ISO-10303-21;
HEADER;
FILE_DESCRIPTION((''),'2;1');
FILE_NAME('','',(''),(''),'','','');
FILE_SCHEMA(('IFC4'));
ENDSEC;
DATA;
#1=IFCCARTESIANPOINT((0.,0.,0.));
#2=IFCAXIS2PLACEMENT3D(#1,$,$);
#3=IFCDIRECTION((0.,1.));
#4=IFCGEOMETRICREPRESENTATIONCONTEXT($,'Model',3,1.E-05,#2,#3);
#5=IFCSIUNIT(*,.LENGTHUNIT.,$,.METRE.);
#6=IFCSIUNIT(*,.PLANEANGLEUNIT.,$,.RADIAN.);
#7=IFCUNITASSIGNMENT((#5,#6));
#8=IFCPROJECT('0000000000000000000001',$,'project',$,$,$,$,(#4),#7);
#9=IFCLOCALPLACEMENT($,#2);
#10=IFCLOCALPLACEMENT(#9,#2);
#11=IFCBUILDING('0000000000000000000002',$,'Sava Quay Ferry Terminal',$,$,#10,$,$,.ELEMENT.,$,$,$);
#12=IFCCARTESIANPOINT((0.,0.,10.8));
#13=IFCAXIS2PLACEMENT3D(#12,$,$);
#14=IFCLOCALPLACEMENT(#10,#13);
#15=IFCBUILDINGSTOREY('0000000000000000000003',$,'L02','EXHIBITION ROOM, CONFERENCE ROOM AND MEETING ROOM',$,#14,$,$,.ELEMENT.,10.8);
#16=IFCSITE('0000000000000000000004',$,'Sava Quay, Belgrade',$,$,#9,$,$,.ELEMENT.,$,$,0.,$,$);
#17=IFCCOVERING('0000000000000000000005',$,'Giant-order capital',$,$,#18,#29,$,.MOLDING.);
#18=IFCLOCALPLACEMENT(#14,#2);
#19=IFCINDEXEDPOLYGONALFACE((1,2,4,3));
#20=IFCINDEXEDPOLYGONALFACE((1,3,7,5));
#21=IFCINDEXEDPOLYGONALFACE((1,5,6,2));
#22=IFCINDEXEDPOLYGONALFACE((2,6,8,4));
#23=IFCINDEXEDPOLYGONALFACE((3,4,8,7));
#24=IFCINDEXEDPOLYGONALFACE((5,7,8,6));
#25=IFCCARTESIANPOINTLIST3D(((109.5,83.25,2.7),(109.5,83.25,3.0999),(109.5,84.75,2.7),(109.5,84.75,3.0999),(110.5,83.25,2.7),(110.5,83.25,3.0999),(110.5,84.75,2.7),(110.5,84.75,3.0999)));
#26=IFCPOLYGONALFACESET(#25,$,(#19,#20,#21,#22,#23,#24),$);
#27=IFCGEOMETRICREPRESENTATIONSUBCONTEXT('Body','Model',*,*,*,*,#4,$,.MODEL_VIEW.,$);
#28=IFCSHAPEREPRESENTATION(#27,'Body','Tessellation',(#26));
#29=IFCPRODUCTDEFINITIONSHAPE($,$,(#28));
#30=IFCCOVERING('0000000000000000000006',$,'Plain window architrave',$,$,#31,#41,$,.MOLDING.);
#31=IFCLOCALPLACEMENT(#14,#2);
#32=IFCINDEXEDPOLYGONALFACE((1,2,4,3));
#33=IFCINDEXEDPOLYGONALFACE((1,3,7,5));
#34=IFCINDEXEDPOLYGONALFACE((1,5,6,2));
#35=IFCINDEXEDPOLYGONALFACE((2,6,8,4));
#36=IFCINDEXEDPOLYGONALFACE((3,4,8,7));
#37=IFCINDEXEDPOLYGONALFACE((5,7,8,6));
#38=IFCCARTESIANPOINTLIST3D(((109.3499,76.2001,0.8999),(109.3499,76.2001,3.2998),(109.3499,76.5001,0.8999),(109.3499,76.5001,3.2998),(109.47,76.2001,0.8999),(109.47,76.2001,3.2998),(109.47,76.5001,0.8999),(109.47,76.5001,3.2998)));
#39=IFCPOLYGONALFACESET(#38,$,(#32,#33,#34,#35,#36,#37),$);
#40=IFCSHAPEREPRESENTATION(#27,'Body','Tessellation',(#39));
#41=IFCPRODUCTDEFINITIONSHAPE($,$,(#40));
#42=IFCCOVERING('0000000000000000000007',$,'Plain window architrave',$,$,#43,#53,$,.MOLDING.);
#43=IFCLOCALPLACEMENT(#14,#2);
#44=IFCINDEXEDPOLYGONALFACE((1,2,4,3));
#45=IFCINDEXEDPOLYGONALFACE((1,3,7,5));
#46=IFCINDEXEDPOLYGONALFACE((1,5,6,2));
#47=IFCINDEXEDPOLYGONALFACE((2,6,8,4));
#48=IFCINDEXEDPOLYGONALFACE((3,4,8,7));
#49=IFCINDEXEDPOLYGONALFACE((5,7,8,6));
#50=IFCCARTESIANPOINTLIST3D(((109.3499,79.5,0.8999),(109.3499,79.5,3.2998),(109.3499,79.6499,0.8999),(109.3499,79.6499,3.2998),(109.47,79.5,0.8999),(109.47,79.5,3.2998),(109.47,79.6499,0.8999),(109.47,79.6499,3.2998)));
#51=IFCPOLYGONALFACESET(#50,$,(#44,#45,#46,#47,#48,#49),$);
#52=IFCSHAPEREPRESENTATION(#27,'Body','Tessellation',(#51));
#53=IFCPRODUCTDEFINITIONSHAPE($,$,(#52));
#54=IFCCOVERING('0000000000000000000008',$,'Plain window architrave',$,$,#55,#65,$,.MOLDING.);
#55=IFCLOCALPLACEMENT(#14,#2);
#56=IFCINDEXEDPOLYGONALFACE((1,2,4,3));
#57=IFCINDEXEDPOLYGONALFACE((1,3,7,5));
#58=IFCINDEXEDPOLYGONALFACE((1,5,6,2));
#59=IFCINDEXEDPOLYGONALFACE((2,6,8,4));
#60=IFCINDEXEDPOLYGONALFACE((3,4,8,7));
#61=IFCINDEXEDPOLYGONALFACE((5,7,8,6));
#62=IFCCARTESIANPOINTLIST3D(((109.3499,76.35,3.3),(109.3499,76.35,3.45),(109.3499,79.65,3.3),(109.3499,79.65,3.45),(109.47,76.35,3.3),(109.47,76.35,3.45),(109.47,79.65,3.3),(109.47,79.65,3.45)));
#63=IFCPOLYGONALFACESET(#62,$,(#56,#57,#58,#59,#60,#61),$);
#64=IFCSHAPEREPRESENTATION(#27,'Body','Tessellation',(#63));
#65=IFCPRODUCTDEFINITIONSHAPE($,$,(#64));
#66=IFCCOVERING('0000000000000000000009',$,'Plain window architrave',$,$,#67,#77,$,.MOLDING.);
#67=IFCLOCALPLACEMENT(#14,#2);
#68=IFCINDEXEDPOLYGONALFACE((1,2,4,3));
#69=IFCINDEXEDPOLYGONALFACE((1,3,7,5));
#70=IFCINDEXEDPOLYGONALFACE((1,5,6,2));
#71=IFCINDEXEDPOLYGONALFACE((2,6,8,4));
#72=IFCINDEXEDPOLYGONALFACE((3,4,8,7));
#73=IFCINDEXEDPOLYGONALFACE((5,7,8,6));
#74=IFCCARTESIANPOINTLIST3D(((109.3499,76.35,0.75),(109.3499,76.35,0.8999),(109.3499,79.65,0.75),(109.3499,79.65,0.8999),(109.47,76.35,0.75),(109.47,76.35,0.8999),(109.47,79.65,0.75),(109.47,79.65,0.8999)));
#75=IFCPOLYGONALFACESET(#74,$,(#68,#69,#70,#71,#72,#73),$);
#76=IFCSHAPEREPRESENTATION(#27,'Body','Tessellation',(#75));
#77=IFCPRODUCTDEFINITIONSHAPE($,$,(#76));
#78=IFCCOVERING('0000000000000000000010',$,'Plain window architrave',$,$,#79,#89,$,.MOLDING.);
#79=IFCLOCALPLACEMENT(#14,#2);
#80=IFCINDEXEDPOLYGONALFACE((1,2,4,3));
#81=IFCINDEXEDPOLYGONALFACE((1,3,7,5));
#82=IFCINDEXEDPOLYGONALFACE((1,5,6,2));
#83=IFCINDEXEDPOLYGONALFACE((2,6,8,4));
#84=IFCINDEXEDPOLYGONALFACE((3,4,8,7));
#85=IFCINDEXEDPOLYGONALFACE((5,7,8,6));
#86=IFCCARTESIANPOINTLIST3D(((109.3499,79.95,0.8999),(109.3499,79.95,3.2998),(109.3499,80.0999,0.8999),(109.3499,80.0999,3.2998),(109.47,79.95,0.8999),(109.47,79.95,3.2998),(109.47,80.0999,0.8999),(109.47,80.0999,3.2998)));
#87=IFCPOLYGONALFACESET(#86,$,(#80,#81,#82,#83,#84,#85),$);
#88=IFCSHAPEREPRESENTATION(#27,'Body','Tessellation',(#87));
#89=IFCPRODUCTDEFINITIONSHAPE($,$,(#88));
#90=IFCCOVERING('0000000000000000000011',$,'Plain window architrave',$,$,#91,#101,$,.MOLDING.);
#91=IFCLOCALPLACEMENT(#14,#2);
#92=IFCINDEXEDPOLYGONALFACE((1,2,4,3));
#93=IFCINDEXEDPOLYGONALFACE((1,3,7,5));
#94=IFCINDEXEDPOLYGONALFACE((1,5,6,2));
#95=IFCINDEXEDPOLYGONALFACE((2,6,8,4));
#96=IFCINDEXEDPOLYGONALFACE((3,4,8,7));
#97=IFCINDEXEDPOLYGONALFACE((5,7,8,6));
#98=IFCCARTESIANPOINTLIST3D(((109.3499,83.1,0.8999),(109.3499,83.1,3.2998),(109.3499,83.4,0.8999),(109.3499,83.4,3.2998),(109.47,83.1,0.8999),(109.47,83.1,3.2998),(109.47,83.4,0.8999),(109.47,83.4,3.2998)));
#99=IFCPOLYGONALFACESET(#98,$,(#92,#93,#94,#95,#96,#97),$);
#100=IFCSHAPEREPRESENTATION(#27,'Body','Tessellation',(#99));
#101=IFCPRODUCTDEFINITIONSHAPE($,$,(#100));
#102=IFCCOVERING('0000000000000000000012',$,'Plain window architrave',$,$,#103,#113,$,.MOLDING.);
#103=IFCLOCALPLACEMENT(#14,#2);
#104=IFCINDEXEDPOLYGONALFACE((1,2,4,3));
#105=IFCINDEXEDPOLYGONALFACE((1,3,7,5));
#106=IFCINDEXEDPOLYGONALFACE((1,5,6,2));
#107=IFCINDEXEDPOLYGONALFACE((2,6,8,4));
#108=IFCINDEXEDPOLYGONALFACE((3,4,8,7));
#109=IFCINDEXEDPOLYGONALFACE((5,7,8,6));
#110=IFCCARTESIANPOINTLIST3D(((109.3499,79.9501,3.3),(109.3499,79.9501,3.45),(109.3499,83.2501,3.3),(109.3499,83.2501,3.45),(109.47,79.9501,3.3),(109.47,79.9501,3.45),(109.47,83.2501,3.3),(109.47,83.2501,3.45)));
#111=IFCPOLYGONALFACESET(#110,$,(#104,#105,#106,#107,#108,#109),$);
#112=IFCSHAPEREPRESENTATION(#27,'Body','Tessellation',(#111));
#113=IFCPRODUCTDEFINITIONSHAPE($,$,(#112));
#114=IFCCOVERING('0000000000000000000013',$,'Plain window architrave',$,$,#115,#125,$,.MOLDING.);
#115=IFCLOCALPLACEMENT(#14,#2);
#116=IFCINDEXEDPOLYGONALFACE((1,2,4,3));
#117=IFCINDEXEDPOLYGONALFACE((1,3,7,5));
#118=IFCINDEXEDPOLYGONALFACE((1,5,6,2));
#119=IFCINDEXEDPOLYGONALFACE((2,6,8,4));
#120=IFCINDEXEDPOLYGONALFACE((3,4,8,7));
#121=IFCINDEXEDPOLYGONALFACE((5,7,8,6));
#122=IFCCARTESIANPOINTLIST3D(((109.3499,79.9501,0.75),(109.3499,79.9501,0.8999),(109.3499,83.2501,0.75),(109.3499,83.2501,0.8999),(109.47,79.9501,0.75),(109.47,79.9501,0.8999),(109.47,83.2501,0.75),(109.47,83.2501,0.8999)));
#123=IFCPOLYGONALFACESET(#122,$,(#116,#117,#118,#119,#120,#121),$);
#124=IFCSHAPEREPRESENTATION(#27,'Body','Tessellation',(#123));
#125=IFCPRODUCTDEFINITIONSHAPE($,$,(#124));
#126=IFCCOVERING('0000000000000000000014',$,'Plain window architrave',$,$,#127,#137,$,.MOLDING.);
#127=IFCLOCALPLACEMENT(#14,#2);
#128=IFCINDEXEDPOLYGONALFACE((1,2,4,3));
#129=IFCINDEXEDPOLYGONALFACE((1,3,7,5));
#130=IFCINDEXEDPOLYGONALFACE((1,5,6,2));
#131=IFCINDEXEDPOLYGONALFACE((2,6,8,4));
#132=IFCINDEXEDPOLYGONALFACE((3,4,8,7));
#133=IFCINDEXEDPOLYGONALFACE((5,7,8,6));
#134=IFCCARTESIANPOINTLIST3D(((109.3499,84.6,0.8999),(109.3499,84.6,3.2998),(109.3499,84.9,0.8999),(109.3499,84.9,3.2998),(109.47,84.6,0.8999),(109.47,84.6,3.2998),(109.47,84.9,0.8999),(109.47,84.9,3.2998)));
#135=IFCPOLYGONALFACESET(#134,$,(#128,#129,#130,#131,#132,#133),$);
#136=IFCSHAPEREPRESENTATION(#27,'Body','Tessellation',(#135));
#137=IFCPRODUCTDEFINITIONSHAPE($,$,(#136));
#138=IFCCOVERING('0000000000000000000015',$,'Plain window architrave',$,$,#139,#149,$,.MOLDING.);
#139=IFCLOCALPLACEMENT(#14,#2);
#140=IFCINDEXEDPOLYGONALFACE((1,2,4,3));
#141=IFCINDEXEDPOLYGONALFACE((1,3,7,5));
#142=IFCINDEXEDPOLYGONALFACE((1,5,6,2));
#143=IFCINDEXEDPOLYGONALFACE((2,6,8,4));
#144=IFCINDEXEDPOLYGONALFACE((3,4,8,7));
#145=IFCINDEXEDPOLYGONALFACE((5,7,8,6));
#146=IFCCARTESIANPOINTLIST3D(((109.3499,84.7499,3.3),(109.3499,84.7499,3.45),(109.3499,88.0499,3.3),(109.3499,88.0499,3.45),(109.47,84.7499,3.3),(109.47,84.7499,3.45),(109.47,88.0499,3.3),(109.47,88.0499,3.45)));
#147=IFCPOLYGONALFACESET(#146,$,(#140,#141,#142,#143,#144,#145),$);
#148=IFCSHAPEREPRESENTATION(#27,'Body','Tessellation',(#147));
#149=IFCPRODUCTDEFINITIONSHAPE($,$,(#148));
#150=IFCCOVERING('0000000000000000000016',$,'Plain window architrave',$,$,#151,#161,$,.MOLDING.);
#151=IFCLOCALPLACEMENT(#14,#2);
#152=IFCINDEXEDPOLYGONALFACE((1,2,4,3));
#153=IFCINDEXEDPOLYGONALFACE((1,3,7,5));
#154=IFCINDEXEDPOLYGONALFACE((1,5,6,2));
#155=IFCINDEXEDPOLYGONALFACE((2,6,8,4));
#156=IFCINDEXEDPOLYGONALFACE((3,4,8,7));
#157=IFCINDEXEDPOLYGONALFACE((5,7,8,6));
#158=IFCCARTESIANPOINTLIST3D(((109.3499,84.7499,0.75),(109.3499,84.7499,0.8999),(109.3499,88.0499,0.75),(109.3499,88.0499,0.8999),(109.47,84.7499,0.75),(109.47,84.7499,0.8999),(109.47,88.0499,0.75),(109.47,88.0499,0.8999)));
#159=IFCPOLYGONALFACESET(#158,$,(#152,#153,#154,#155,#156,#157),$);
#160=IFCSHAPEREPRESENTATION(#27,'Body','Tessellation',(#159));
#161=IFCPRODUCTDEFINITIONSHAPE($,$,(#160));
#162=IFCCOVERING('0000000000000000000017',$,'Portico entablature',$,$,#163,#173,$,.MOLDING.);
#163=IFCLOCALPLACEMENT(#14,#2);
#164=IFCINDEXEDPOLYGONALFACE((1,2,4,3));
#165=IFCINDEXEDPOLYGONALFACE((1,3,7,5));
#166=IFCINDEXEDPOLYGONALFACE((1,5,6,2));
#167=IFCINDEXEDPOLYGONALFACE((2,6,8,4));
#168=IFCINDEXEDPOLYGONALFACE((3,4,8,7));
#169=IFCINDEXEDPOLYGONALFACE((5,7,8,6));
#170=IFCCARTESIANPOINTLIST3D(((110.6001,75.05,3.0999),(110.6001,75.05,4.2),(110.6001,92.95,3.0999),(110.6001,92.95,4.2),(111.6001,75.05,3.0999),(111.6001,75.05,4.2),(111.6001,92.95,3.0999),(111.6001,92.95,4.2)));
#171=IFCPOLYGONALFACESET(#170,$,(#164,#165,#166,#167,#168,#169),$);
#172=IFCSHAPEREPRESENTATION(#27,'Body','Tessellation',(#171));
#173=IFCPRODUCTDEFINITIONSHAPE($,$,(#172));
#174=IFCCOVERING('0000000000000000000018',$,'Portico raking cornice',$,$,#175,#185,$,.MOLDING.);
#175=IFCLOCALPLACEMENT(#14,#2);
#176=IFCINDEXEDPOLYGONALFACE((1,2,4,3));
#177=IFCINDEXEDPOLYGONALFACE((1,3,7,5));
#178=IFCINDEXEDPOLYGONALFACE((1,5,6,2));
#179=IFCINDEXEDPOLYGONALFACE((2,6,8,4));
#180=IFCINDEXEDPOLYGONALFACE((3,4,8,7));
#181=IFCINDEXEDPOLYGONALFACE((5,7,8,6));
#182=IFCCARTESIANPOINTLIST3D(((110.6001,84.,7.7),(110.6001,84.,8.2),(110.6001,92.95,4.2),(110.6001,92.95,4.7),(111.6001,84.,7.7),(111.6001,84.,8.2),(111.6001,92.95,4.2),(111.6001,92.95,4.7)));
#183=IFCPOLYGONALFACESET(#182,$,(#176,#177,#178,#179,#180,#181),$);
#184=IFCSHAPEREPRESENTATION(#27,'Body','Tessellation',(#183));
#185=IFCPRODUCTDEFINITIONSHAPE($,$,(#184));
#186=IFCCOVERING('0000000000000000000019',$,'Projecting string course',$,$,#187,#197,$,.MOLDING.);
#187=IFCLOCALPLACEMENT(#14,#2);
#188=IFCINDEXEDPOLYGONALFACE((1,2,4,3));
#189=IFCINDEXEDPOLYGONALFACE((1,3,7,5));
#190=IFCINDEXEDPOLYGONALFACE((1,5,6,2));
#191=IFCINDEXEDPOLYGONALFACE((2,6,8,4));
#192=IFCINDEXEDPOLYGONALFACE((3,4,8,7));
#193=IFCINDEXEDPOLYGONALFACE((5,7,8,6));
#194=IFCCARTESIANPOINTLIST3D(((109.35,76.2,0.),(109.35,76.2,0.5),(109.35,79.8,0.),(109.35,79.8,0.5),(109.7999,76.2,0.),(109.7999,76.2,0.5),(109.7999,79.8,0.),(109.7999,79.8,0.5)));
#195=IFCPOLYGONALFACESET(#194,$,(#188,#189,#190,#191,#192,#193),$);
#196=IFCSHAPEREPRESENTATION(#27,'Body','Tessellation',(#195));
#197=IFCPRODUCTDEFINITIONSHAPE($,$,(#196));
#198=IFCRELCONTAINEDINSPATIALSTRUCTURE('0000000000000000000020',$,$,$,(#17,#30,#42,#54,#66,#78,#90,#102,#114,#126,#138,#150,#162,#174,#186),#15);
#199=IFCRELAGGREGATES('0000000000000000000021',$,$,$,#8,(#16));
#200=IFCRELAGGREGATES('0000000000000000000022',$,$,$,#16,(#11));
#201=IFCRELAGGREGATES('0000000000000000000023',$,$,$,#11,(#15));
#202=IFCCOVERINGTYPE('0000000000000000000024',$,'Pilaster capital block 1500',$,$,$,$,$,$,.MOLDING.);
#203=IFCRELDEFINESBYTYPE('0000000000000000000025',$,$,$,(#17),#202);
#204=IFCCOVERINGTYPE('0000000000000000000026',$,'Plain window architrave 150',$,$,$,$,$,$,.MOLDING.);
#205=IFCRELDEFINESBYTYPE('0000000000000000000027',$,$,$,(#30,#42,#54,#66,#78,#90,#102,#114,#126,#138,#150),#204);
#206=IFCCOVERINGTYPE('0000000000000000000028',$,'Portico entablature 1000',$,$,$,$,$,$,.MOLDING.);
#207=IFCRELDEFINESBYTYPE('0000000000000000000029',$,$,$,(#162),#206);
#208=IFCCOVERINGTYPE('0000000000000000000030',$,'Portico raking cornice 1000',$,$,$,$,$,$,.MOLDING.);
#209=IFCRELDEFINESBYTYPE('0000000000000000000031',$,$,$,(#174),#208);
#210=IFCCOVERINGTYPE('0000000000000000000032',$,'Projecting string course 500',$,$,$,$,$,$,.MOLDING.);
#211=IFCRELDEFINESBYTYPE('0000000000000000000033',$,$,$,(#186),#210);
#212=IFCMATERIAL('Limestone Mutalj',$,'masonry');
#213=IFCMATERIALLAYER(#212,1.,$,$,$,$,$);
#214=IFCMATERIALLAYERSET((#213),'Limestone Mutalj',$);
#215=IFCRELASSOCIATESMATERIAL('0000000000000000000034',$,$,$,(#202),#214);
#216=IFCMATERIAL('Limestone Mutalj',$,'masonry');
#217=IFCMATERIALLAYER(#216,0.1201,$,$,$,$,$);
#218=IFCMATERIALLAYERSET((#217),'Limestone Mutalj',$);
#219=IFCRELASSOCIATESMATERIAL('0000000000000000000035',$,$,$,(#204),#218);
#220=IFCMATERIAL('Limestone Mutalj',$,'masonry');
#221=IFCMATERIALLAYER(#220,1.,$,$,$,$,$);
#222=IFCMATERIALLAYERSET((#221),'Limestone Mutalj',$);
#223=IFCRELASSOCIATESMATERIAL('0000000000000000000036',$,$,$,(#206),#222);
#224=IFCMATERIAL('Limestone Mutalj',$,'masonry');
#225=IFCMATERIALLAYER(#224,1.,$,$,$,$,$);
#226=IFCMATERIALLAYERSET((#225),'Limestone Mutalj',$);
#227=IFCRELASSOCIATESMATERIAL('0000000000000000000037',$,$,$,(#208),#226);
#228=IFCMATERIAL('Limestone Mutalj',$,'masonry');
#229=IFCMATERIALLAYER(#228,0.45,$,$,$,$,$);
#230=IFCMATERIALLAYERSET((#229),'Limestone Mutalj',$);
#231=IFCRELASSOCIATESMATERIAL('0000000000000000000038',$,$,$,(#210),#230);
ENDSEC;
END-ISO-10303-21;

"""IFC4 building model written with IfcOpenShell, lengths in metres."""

from ifc_helpers import new_model, si_unit, direction, frame, origin, origin_2d, place, context, subcontext, project, spatial, polyline, rectangle, outline, extrude, material, layer, layer_set, type_object, element, save


model = new_model("IFC4")

# Units and contexts
model_context = context("Model", 3, precision=1e-05, world=origin(), true_north=direction((0.0, 1.0)))
body_context = subcontext(model_context, "Body", "Model", "MODEL_VIEW")
ifc_project = project(units=[si_unit("LENGTHUNIT", "METRE"), si_unit("PLANEANGLEUNIT", "RADIAN")], contexts=[model_context])

# Site, building, storey
site_placement = place(None, origin())
site = spatial("IfcSite", under=ifc_project, at=site_placement, Name="Sava Quay, Belgrade", CompositionType="ELEMENT", RefElevation=0.0)
building_placement = place(site_placement, origin())
building = spatial("IfcBuilding", under=site, at=building_placement, Name="Sava Quay Ferry Terminal", CompositionType="ELEMENT")
storey_placement = place(building_placement, frame((0.0, 0.0, 10.8)))
storey = spatial("IfcBuildingStorey", under=building, at=storey_placement, Name="L02", Description="EXHIBITION ROOM, CONFERENCE ROOM AND MEETING ROOM", CompositionType="ELEMENT", Elevation=10.8)

# Coverings
ifc_material_1 = material(Name="Limestone Mutalj", Category="masonry")
ifc_layer_1 = layer(ifc_material_1, 1.0)
ifc_layer_set_1 = layer_set([ifc_layer_1], Name="Limestone Mutalj")
covering_type_1 = type_object("IfcCoveringType", Name="Pilaster capital block 1500", PredefinedType="MOLDING", material=ifc_layer_set_1)
covering_1_placement = place(storey_placement, frame((110.0, 84.0, 2.7), z_axis=(0.0, 0.0, 1.0), x_axis=(1.0, 0.0, 0.0)))
element("IfcCovering", 1, at=covering_1_placement, inside=storey, type_object=covering_type_1, Name="Giant-order capital", PredefinedType="MOLDING", context=body_context, shape_type="SweptSolid", body=[
    extrude(rectangle(XDim=1.0, YDim=1.5, at=origin_2d()), origin(), (0.0, 0.0, 1.0), 0.3999),
])
ifc_material_2 = material(Name="Limestone Mutalj", Category="masonry")
ifc_layer_2 = layer(ifc_material_2, 0.1201)
ifc_layer_set_2 = layer_set([ifc_layer_2], Name="Limestone Mutalj")
covering_type_2 = type_object("IfcCoveringType", Name="Plain window architrave 150", PredefinedType="MOLDING", material=ifc_layer_set_2)
covering_2_placement = place(storey_placement, frame((109.4099, 76.3501, 0.8999), z_axis=(0.0, 0.0, 1.0), x_axis=(1.0, 0.0, 0.0)))
element("IfcCovering", 2, at=covering_2_placement, inside=storey, type_object=covering_type_2, Name="Plain window architrave", PredefinedType="MOLDING", context=body_context, shape_type="SweptSolid", body=[
    extrude(rectangle(XDim=0.1201, YDim=0.3, at=origin_2d()), origin(), (0.0, 0.0, 1.0), 2.3999),
])
covering_3_placement = place(storey_placement, frame((109.4099, 79.575, 0.8999), z_axis=(0.0, 0.0, 1.0), x_axis=(1.0, 0.0, 0.0)))
element("IfcCovering", 3, at=covering_3_placement, inside=storey, type_object=covering_type_2, Name="Plain window architrave", PredefinedType="MOLDING", context=body_context, shape_type="SweptSolid", body=[
    extrude(rectangle(XDim=0.1201, YDim=0.1499, at=origin_2d()), origin(), (0.0, 0.0, 1.0), 2.3999),
])
for number, where, z_axis, x_axis, name in (
    (4, (109.4099, 78.0, 3.3), (0.0, 0.0, 1.0), (1.0, 0.0, 0.0), "Plain window architrave"),
    (5, (109.4099, 78.0, 0.75), (0.0, 0.0, 1.0), (1.0, 0.0, 0.0), "Plain window architrave"),
):
    element("IfcCovering", number, at=place(storey_placement, frame(where, z_axis=z_axis, x_axis=x_axis)), inside=storey, type_object=covering_type_2, Name=name, PredefinedType="MOLDING", context=body_context, shape_type="SweptSolid", body=[
        extrude(rectangle(XDim=0.1201, YDim=3.3, at=origin_2d()), origin(), (0.0, 0.0, 1.0), 0.1499),
    ])
covering_4_placement = place(storey_placement, frame((109.4099, 80.0249, 0.8999), z_axis=(0.0, 0.0, 1.0), x_axis=(1.0, 0.0, 0.0)))
element("IfcCovering", 6, at=covering_4_placement, inside=storey, type_object=covering_type_2, Name="Plain window architrave", PredefinedType="MOLDING", context=body_context, shape_type="SweptSolid", body=[
    extrude(rectangle(XDim=0.1201, YDim=0.1499, at=origin_2d()), origin(), (0.0, 0.0, 1.0), 2.3999),
])
covering_5_placement = place(storey_placement, frame((109.4099, 83.25, 0.8999), z_axis=(0.0, 0.0, 1.0), x_axis=(1.0, 0.0, 0.0)))
element("IfcCovering", 7, at=covering_5_placement, inside=storey, type_object=covering_type_2, Name="Plain window architrave", PredefinedType="MOLDING", context=body_context, shape_type="SweptSolid", body=[
    extrude(rectangle(XDim=0.1201, YDim=0.3, at=origin_2d()), origin(), (0.0, 0.0, 1.0), 2.3999),
])
for number, where, z_axis, x_axis, name in (
    (8, (109.4099, 81.6001, 3.3), (0.0, 0.0, 1.0), (1.0, 0.0, 0.0), "Plain window architrave"),
    (9, (109.4099, 81.6001, 0.75), (0.0, 0.0, 1.0), (1.0, 0.0, 0.0), "Plain window architrave"),
):
    element("IfcCovering", number, at=place(storey_placement, frame(where, z_axis=z_axis, x_axis=x_axis)), inside=storey, type_object=covering_type_2, Name=name, PredefinedType="MOLDING", context=body_context, shape_type="SweptSolid", body=[
        extrude(rectangle(XDim=0.1201, YDim=3.3, at=origin_2d()), origin(), (0.0, 0.0, 1.0), 0.1499),
    ])
covering_6_placement = place(storey_placement, frame((109.4099, 84.75, 0.8999), z_axis=(0.0, 0.0, 1.0), x_axis=(1.0, 0.0, 0.0)))
element("IfcCovering", 10, at=covering_6_placement, inside=storey, type_object=covering_type_2, Name="Plain window architrave", PredefinedType="MOLDING", context=body_context, shape_type="SweptSolid", body=[
    extrude(rectangle(XDim=0.1201, YDim=0.3, at=origin_2d()), origin(), (0.0, 0.0, 1.0), 2.3999),
])
for number, where, z_axis, x_axis, name in (
    (11, (109.4099, 86.3999, 3.3), (0.0, 0.0, 1.0), (1.0, 0.0, 0.0), "Plain window architrave"),
    (12, (109.4099, 86.3999, 0.75), (0.0, 0.0, 1.0), (1.0, 0.0, 0.0), "Plain window architrave"),
):
    element("IfcCovering", number, at=place(storey_placement, frame(where, z_axis=z_axis, x_axis=x_axis)), inside=storey, type_object=covering_type_2, Name=name, PredefinedType="MOLDING", context=body_context, shape_type="SweptSolid", body=[
        extrude(rectangle(XDim=0.1201, YDim=3.3, at=origin_2d()), origin(), (0.0, 0.0, 1.0), 0.1499),
    ])
ifc_material_3 = material(Name="Limestone Mutalj", Category="masonry")
ifc_layer_3 = layer(ifc_material_3, 1.0)
ifc_layer_set_3 = layer_set([ifc_layer_3], Name="Limestone Mutalj")
covering_type_3 = type_object("IfcCoveringType", Name="Portico entablature 1000", PredefinedType="MOLDING", material=ifc_layer_set_3)
covering_7_placement = place(storey_placement, frame((111.1001, 84.0, 3.0999), z_axis=(0.0, 0.0, 1.0), x_axis=(1.0, 0.0, 0.0)))
element("IfcCovering", 13, at=covering_7_placement, inside=storey, type_object=covering_type_3, Name="Portico entablature", PredefinedType="MOLDING", context=body_context, shape_type="SweptSolid", body=[
    extrude(rectangle(XDim=1.0, YDim=17.8999, at=origin_2d()), origin(), (0.0, 0.0, 1.0), 1.1001),
])
ifc_material_4 = material(Name="Limestone Mutalj", Category="masonry")
ifc_layer_4 = layer(ifc_material_4, 1.0)
ifc_layer_set_4 = layer_set([ifc_layer_4], Name="Limestone Mutalj")
covering_type_4 = type_object("IfcCoveringType", Name="Portico raking cornice 1000", PredefinedType="MOLDING", material=ifc_layer_set_4)
covering_8_placement = place(storey_placement, frame((111.6001, 84.0, 7.7), z_axis=(1.0, 0.0, 0.0), x_axis=(0.0, 0.931319, -0.364205)))
element("IfcCovering", 14, at=covering_8_placement, inside=storey, type_object=covering_type_4, Name="Portico raking cornice", PredefinedType="MOLDING", context=body_context, shape_type="SweptSolid", body=[
    extrude(outline(polyline([(0.0, 0.0), (9.61, 0.0), (9.4279, 0.4657), (-0.1821, 0.4657), (0.0, 0.0)])), origin(), (0.0, 0.0, -1.0), 1.0),
])
ifc_material_5 = material(Name="Limestone Mutalj", Category="masonry")
ifc_layer_5 = layer(ifc_material_5, 0.45)
ifc_layer_set_5 = layer_set([ifc_layer_5], Name="Limestone Mutalj")
covering_type_5 = type_object("IfcCoveringType", Name="Projecting string course 500", PredefinedType="MOLDING", material=ifc_layer_set_5)
for number, where, z_axis, x_axis, name in (
    (15, (109.575, 78.0, 0.0), (0.0, 0.0, 1.0), (1.0, 0.0, 0.0), "Projecting string course"),
):
    element("IfcCovering", number, at=place(storey_placement, frame(where, z_axis=z_axis, x_axis=x_axis)), inside=storey, type_object=covering_type_5, Name=name, PredefinedType="MOLDING", context=body_context, shape_type="SweptSolid", body=[
        extrude(rectangle(XDim=0.45, YDim=3.6001, at=origin_2d()), origin(), (0.0, 0.0, 1.0), 0.5),
    ])

save(model, "model.ifc")
